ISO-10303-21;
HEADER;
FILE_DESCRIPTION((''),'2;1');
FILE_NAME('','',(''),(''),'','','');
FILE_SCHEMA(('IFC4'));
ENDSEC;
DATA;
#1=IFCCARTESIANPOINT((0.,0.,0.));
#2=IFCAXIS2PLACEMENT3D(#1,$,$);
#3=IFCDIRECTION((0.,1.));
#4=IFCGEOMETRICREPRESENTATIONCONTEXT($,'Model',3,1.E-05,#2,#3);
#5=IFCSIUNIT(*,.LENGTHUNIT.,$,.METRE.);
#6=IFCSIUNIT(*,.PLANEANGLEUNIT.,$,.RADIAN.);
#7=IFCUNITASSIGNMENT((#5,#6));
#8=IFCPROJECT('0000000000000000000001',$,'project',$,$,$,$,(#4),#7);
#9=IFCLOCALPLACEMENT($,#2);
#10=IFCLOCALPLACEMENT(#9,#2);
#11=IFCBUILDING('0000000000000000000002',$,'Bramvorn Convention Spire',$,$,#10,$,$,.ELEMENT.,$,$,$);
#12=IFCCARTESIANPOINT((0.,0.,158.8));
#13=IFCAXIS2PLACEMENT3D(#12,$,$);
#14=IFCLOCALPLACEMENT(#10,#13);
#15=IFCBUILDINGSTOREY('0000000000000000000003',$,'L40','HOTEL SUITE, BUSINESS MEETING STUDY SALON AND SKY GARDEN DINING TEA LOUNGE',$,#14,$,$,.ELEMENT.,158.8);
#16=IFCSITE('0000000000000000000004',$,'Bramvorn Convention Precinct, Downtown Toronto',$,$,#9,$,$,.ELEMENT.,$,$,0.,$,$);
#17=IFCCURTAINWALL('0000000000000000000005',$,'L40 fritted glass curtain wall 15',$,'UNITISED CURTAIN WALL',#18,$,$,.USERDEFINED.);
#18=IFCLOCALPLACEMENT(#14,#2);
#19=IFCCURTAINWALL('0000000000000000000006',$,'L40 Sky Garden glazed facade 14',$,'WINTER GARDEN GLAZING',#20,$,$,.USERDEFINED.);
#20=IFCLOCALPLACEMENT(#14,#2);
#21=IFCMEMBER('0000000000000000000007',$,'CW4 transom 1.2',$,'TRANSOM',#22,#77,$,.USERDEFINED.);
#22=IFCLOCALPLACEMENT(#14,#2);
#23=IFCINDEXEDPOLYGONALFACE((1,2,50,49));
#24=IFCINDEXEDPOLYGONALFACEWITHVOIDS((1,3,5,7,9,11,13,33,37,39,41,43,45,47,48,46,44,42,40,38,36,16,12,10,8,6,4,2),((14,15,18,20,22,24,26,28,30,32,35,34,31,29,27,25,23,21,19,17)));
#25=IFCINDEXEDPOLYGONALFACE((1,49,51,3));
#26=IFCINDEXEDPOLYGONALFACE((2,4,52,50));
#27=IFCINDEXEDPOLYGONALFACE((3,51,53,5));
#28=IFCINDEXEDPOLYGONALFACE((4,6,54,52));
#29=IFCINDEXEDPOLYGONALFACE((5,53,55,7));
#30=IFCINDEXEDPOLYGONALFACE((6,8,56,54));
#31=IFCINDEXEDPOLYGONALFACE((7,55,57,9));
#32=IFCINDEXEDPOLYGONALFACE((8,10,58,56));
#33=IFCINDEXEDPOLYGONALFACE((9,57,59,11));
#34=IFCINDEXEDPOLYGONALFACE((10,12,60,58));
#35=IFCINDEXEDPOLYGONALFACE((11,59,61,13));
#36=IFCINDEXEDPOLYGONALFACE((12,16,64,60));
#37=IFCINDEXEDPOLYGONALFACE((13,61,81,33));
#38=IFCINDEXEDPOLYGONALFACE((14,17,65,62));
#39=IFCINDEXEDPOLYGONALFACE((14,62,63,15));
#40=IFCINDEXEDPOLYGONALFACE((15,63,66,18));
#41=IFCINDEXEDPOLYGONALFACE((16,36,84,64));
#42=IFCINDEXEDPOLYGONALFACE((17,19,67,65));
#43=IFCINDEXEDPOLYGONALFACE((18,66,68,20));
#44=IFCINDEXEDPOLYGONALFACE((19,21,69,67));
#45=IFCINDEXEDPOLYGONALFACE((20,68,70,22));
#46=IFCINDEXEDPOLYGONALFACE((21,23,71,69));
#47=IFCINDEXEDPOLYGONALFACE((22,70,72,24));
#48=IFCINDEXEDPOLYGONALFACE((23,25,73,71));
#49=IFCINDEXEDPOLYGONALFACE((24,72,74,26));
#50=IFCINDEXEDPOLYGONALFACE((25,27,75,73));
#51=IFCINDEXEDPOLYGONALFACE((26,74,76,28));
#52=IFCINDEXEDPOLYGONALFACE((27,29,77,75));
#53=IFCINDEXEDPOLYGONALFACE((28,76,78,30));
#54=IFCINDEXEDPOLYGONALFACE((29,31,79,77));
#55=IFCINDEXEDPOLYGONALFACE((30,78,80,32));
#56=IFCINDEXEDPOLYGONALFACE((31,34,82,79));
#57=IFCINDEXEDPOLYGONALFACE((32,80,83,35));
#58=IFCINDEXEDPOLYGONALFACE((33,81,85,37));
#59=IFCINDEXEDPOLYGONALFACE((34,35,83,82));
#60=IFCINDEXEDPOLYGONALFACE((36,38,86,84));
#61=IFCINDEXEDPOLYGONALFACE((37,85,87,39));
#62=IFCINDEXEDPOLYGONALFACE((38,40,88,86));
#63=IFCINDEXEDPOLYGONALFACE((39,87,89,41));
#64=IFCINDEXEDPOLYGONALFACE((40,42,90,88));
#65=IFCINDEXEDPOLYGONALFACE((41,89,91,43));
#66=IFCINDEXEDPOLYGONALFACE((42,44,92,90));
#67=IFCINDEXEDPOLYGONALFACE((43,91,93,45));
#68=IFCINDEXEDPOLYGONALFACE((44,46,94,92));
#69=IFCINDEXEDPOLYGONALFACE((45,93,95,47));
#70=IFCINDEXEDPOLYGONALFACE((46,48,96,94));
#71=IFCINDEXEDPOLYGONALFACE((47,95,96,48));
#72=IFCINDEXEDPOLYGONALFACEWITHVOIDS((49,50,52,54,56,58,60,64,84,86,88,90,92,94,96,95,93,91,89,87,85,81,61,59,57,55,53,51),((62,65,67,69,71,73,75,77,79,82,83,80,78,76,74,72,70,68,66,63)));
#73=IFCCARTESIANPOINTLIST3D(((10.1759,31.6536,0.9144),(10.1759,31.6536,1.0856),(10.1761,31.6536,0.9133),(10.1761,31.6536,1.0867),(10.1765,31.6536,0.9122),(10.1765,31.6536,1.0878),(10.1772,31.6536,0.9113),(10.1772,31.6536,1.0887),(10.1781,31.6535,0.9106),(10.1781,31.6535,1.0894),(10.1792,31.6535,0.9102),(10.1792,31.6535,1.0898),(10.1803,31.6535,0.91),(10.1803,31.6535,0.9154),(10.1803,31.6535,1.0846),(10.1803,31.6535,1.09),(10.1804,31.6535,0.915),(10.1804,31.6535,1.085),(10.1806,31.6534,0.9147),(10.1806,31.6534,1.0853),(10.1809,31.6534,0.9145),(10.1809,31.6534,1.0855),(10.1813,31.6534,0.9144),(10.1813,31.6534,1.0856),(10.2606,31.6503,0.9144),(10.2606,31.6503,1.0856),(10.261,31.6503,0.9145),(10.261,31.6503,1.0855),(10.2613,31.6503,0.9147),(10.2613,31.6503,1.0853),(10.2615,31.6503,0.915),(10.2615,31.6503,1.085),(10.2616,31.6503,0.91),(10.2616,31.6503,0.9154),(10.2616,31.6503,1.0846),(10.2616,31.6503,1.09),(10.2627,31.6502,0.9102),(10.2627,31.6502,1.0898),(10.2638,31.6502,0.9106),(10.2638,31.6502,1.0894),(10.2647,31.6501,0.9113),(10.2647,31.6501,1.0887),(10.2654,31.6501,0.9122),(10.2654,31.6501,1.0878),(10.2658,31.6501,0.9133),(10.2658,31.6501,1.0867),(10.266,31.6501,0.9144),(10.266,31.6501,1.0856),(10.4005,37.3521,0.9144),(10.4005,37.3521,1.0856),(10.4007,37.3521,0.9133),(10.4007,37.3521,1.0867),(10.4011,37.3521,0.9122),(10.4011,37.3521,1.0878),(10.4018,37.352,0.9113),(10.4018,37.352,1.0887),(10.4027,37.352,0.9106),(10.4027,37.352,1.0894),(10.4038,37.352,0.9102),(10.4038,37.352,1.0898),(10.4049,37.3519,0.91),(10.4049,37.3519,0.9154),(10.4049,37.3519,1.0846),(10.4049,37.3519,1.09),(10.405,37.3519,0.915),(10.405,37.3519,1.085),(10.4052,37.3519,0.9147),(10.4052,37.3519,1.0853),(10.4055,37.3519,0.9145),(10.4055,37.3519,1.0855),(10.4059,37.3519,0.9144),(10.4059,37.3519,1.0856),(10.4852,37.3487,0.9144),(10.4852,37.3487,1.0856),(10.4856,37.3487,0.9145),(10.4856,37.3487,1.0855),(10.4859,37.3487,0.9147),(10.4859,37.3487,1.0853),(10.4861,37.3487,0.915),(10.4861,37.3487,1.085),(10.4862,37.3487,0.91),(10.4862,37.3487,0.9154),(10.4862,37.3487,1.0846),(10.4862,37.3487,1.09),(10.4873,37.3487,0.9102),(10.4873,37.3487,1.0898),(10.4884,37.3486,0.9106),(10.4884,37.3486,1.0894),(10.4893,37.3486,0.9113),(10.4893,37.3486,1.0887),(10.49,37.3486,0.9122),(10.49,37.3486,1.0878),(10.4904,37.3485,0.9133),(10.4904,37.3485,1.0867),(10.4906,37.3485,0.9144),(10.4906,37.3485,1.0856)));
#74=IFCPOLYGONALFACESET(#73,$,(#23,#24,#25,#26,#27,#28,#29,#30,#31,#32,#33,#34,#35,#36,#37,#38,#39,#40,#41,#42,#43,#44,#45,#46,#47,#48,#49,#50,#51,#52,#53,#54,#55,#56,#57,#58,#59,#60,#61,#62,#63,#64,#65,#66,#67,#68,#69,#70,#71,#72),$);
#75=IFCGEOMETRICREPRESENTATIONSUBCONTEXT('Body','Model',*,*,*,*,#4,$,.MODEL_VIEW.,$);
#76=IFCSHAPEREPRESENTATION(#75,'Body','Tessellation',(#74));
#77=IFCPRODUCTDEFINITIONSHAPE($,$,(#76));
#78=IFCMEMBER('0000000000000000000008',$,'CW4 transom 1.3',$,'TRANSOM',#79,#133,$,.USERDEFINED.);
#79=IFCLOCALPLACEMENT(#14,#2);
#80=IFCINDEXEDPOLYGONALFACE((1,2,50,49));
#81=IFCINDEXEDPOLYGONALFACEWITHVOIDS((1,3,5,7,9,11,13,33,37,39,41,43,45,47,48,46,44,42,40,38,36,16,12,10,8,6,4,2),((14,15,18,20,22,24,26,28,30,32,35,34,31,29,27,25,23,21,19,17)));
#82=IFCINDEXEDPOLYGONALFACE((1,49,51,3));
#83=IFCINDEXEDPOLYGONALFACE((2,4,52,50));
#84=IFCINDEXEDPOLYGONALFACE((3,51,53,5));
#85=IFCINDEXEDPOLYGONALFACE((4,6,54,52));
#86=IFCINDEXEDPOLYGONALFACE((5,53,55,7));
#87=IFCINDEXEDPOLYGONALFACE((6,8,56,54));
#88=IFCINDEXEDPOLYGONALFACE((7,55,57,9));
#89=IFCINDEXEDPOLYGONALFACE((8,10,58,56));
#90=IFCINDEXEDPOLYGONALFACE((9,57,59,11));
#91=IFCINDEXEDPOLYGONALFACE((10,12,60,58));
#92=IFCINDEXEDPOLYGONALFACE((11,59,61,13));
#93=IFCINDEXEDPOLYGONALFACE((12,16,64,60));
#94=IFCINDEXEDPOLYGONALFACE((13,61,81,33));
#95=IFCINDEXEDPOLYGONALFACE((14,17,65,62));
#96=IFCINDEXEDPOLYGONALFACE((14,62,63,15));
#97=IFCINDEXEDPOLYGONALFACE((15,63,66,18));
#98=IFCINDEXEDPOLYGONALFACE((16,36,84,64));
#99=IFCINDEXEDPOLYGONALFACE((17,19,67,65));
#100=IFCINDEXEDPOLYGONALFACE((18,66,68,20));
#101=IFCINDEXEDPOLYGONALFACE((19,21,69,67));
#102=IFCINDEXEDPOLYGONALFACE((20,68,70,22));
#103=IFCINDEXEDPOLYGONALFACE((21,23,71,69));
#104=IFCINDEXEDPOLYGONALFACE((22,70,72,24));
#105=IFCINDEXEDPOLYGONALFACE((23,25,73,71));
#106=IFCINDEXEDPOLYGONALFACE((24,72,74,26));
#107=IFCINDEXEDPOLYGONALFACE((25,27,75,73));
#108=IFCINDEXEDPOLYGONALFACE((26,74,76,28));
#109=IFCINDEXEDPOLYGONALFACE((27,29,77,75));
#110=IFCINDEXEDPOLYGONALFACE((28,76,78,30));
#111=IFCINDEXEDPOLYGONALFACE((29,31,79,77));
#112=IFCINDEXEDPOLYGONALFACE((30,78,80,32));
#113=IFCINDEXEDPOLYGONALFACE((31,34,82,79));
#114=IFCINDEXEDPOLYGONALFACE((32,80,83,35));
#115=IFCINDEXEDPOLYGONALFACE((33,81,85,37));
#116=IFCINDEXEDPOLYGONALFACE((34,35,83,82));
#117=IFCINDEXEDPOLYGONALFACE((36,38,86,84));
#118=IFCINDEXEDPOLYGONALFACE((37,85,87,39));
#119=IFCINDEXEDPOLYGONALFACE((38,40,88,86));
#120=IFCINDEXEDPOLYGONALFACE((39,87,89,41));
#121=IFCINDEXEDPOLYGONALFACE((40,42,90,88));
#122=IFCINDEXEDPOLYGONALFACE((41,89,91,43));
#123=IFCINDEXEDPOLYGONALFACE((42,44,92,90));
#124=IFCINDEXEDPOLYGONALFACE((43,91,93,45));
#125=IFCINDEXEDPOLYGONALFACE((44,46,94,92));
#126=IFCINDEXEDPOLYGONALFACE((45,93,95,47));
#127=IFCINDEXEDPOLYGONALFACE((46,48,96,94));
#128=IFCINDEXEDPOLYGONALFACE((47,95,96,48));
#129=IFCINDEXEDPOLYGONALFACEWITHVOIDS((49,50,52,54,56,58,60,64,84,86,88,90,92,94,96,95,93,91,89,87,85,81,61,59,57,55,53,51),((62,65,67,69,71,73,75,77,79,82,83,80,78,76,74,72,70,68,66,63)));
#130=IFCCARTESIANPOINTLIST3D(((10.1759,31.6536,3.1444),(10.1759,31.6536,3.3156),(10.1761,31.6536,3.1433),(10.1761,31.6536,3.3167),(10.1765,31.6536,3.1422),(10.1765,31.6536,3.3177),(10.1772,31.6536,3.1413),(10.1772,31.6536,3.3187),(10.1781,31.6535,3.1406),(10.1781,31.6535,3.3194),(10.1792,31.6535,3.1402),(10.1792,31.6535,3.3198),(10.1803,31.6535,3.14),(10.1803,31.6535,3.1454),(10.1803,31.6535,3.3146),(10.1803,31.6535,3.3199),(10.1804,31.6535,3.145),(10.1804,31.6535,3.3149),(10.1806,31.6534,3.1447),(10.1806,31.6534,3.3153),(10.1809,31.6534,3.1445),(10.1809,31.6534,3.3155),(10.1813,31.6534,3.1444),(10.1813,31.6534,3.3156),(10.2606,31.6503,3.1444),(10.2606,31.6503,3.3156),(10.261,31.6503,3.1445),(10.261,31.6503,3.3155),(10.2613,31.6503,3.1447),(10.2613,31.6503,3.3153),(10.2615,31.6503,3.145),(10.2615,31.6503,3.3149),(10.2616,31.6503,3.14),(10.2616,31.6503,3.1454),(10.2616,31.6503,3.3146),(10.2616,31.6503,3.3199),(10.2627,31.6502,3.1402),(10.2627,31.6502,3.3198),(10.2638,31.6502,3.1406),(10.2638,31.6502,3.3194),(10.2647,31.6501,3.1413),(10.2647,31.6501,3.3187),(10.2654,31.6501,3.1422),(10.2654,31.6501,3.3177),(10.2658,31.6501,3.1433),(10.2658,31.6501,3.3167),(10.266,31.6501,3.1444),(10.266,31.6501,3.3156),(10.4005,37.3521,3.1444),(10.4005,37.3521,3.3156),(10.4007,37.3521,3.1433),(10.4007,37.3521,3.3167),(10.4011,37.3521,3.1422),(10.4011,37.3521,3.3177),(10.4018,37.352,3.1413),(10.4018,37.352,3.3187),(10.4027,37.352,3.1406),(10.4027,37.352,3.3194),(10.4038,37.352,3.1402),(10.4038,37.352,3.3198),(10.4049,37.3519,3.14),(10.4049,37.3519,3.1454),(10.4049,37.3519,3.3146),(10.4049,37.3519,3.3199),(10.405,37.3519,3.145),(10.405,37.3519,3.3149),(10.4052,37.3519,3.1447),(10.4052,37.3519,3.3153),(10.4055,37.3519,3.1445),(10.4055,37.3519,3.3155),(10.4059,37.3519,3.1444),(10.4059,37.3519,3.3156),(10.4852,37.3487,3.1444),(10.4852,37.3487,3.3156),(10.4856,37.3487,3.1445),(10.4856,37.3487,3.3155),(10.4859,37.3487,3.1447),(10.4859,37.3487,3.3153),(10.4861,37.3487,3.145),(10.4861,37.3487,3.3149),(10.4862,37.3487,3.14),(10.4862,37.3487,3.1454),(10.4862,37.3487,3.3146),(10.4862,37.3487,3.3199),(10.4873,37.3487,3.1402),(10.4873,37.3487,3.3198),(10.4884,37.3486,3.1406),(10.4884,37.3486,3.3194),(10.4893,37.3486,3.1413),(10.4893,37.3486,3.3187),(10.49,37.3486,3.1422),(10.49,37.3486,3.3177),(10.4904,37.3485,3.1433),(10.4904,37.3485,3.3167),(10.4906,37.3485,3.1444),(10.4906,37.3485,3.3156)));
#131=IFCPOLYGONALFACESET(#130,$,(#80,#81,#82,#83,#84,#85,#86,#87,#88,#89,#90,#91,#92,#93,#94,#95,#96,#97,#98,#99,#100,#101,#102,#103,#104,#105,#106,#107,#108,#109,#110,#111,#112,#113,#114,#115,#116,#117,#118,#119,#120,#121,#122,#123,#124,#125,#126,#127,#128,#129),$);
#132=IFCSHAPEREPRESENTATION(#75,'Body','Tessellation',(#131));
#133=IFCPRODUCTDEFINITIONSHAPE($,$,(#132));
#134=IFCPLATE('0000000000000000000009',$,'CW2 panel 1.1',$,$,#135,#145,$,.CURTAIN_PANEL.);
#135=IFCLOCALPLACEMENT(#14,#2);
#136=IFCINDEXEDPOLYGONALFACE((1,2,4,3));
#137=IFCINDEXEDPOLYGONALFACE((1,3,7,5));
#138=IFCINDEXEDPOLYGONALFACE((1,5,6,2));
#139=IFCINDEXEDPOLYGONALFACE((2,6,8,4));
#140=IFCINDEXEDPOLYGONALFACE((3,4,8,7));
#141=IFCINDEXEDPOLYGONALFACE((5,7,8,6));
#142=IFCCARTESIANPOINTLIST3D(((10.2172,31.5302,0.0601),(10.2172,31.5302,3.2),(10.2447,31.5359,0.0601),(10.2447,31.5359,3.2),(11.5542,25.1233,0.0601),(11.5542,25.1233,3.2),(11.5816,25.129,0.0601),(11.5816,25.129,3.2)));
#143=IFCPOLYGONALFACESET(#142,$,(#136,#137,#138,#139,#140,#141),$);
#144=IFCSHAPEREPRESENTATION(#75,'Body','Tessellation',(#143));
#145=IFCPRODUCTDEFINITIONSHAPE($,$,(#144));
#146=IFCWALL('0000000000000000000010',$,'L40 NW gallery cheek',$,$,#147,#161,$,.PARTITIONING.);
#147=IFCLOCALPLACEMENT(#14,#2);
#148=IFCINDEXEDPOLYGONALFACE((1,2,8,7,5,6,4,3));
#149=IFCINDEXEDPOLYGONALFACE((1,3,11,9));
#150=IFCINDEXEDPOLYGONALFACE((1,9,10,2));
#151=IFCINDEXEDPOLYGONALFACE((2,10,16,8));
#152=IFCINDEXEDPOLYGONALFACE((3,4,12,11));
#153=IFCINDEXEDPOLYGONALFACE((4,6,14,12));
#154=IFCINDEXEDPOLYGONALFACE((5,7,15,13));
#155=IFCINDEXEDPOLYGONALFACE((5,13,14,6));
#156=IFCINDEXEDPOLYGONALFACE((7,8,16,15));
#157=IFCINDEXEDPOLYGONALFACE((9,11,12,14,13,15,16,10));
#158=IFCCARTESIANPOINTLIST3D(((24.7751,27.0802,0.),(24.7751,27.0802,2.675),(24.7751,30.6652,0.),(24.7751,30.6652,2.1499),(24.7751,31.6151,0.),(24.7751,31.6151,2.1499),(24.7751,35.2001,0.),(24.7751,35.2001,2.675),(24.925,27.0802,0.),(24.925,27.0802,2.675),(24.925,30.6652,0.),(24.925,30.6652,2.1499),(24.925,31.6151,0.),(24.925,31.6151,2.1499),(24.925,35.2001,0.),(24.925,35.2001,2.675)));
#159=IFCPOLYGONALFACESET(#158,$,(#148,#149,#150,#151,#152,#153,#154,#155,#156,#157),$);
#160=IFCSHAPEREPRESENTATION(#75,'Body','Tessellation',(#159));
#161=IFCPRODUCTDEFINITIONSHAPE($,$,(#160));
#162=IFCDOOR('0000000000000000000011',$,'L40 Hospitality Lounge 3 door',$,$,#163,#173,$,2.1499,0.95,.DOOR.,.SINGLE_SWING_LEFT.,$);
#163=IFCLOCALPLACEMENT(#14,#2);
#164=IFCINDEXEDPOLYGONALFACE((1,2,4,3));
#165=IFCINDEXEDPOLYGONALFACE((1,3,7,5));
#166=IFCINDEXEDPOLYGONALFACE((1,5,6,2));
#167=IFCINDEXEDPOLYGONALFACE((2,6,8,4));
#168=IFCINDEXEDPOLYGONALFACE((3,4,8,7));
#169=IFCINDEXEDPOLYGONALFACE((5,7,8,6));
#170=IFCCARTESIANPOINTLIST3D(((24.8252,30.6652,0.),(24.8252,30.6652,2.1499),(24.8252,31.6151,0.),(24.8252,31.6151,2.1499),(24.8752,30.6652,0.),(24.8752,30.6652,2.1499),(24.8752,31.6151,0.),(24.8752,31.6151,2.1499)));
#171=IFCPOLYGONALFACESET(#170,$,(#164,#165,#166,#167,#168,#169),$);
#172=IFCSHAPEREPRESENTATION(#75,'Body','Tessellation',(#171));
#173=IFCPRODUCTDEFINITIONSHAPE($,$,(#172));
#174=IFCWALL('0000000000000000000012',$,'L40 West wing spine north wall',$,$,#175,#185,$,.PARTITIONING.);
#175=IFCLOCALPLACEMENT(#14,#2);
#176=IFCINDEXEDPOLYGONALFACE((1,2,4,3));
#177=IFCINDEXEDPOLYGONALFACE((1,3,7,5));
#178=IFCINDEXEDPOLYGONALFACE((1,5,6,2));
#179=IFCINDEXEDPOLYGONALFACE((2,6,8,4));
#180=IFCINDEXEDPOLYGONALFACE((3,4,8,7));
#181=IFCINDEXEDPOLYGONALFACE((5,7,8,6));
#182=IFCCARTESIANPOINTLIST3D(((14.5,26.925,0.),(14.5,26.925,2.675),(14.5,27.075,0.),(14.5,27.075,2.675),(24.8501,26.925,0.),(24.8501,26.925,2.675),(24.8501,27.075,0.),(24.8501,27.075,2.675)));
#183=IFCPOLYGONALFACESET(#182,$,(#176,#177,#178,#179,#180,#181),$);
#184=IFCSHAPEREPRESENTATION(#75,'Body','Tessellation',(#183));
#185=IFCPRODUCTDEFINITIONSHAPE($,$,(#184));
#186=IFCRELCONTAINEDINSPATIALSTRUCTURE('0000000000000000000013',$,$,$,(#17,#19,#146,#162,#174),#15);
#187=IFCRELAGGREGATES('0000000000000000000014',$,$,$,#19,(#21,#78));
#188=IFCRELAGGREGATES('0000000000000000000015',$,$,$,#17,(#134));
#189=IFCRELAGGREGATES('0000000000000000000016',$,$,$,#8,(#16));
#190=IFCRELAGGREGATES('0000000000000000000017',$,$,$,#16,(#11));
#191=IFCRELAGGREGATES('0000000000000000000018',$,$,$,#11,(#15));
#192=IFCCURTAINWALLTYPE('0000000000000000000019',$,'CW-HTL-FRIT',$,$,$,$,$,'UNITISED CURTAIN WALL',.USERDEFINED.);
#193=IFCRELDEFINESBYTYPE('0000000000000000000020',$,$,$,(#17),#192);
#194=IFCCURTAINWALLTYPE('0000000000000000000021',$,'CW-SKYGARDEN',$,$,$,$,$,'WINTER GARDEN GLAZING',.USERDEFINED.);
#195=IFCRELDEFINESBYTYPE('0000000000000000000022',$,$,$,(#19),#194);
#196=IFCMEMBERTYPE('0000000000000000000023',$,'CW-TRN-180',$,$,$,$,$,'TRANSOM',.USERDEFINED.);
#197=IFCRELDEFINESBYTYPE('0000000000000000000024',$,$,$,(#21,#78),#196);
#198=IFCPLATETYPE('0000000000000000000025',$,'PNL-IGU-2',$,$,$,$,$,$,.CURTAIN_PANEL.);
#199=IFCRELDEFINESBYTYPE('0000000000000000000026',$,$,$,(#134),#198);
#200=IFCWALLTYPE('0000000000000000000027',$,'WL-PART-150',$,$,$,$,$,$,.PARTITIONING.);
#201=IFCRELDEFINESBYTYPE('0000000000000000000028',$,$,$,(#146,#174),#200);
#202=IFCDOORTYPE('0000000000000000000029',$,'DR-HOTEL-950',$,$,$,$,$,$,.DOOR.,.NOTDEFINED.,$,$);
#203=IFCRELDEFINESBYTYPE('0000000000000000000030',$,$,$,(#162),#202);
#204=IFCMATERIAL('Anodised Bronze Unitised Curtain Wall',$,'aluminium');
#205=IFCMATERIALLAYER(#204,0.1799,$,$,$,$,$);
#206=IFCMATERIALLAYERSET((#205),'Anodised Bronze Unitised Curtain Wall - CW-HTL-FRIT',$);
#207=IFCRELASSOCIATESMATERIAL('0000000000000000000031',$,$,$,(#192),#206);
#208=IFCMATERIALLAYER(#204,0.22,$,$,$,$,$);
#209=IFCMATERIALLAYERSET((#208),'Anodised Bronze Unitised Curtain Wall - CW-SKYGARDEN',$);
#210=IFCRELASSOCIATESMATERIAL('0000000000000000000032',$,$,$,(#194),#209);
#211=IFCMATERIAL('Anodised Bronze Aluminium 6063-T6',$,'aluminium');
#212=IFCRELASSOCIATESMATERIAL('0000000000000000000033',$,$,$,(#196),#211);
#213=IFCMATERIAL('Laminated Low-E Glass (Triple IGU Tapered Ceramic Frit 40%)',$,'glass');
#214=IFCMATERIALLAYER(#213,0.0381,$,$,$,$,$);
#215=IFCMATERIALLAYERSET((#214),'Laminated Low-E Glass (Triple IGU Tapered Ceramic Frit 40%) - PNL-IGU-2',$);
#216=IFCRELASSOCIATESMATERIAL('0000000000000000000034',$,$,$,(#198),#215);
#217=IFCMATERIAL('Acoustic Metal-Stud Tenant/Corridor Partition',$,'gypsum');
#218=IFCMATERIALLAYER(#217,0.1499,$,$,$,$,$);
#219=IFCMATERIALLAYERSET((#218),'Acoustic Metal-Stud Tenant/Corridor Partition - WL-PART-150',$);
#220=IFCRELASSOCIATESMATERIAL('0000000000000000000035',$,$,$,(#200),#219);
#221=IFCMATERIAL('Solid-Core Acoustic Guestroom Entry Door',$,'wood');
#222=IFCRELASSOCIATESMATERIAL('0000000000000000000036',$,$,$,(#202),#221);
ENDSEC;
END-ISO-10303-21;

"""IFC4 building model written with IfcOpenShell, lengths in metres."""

from ifc_helpers import new_model, si_unit, direction, frame, frame_2d, origin, origin_2d, place, context, subcontext, project, spatial, rectangle, hollow_rectangle, extrude, material, layer, layer_set, material_profile, profile_set, type_object, element, fill, aggregate, save


model = new_model("IFC4")

# Units and contexts
model_context = context("Model", 3, precision=1e-05, world=origin(), true_north=direction((0.0, 1.0)))
body_context = subcontext(model_context, "Body", "Model", "MODEL_VIEW")
ifc_project = project(units=[si_unit("LENGTHUNIT", "METRE"), si_unit("PLANEANGLEUNIT", "RADIAN")], contexts=[model_context])

# Site, building, storey
site_placement = place(None, origin())
site = spatial("IfcSite", under=ifc_project, at=site_placement, Name="Bramvorn Convention Precinct, Downtown Toronto", CompositionType="ELEMENT", RefElevation=0.0)
building_placement = place(site_placement, origin())
building = spatial("IfcBuilding", under=site, at=building_placement, Name="Bramvorn Convention Spire", CompositionType="ELEMENT")
storey_placement = place(building_placement, frame((0.0, 0.0, 158.8)))
storey = spatial("IfcBuildingStorey", under=building, at=storey_placement, Name="L40", Description="HOTEL SUITE, BUSINESS MEETING STUDY SALON AND SKY GARDEN DINING TEA LOUNGE", CompositionType="ELEMENT", Elevation=158.8)

# Curtain wall
ifc_material_1 = material(Name="Anodised Bronze Unitised Curtain Wall", Category="aluminium")
ifc_layer_1 = layer(ifc_material_1, 0.1799)
ifc_layer_set_1 = layer_set([ifc_layer_1], Name="Anodised Bronze Unitised Curtain Wall - CW-HTL-FRIT")
curtain_wall_type_1 = type_object("IfcCurtainWallType", Name="CW-HTL-FRIT", ElementType="UNITISED CURTAIN WALL", PredefinedType="USERDEFINED", material=ifc_layer_set_1)
curtain_wall_1_placement = place(storey_placement, origin())
curtain_wall_1 = element("IfcCurtainWall", 1, at=curtain_wall_1_placement, inside=storey, type_object=curtain_wall_type_1, Name="L40 fritted glass curtain wall 15", ObjectType="UNITISED CURTAIN WALL", PredefinedType="USERDEFINED")
ifc_material_2 = material(Name="Anodised Bronze Aluminium 6063-T6", Category="aluminium")

# Curtain wall
ifc_layer_2 = layer(ifc_material_1, 0.22)
ifc_layer_set_2 = layer_set([ifc_layer_2], Name="Anodised Bronze Unitised Curtain Wall - CW-SKYGARDEN")
curtain_wall_type_2 = type_object("IfcCurtainWallType", Name="CW-SKYGARDEN", ElementType="WINTER GARDEN GLAZING", PredefinedType="USERDEFINED", material=ifc_layer_set_2)
curtain_wall_2_placement = place(storey_placement, origin())
curtain_wall_2 = element("IfcCurtainWall", 2, at=curtain_wall_2_placement, inside=storey, type_object=curtain_wall_type_2, Name="L40 Sky Garden glazed facade 14", ObjectType="WINTER GARDEN GLAZING", PredefinedType="USERDEFINED")

# Members
ifc_material_profile_1 = material_profile(ifc_material_2, hollow_rectangle(XDim=0.0901, YDim=0.1799, WallThickness=0.0044, InnerFilletRadius=0.001, OuterFilletRadius=0.0044, at=origin_2d()))
ifc_profile_set_1 = profile_set([ifc_material_profile_1], Name="Anodised Bronze Aluminium 6063-T6 - CWT90X180")
member_type_1 = type_object("IfcMemberType", Name="CW-TRN-180", ElementType="TRANSOM", PredefinedType="USERDEFINED", material=ifc_profile_set_1)
member_1_placement = place(storey_placement, frame((10.2209, 31.6519, 1.0), z_axis=(0.039385, 0.999224, 0.0), x_axis=(-0.999224, 0.039385, 0.0)))
member_1 = element("IfcMember", 3, at=member_1_placement, type_object=member_type_1, Name="CW4 transom 1.2", ObjectType="TRANSOM", PredefinedType="USERDEFINED", context=body_context, shape_type="SweptSolid", body=[
    extrude(hollow_rectangle(XDim=0.0901, YDim=0.1799, WallThickness=0.0044, InnerFilletRadius=0.001, OuterFilletRadius=0.0044, at=origin_2d()), origin(), (0.0, 0.0, 1.0), 5.7029),
])
member_2_placement = place(storey_placement, frame((10.2209, 31.6519, 3.23), z_axis=(0.039385, 0.999224, 0.0), x_axis=(-0.999224, 0.039385, 0.0)))
member_2 = element("IfcMember", 4, at=member_2_placement, type_object=member_type_1, Name="CW4 transom 1.3", ObjectType="TRANSOM", PredefinedType="USERDEFINED", context=body_context, shape_type="SweptSolid", body=[
    extrude(hollow_rectangle(XDim=0.0901, YDim=0.1799, WallThickness=0.0044, InnerFilletRadius=0.001, OuterFilletRadius=0.0044, at=origin_2d()), origin(), (0.0, 0.0, 1.0), 5.7029),
])
aggregate(curtain_wall_2, [member_1, member_2])

# Plate
ifc_material_3 = material(Name="Laminated Low-E Glass (Triple IGU Tapered Ceramic Frit 40%)", Category="glass")
ifc_layer_3 = layer(ifc_material_3, 0.0381)
ifc_layer_set_3 = layer_set([ifc_layer_3], Name="Laminated Low-E Glass (Triple IGU Tapered Ceramic Frit 40%) - PNL-IGU-2")
plate_type = type_object("IfcPlateType", Name="PNL-IGU-2", PredefinedType="CURTAIN_PANEL", material=ifc_layer_set_3)
plate_placement = place(storey_placement, frame((10.8994, 28.3296, 0.0601), z_axis=(0.0, 0.0, 1.0), x_axis=(-0.204275, 0.978914, 0.0)))
plate = element("IfcPlate", 5, at=plate_placement, type_object=plate_type, Name="CW2 panel 1.1", PredefinedType="CURTAIN_PANEL", context=body_context, shape_type="SweptSolid", body=[
    extrude(rectangle(XDim=6.5449, YDim=0.0281, at=origin_2d()), origin(), (0.0, 0.0, 1.0), 3.1399),
])
aggregate(curtain_wall_1, [plate])

# Wall, opening, door
ifc_material_4 = material(Name="Acoustic Metal-Stud Tenant/Corridor Partition", Category="gypsum")
ifc_layer_4 = layer(ifc_material_4, 0.1499)
ifc_layer_set_4 = layer_set([ifc_layer_4], Name="Acoustic Metal-Stud Tenant/Corridor Partition - WL-PART-150")
wall_type_1 = type_object("IfcWallType", Name="WL-PART-150", PredefinedType="PARTITIONING", material=ifc_layer_set_4)
wall_1_placement = place(storey_placement, frame((24.8501, 27.0801, 0.0), z_axis=(0.0, 0.0, 1.0), x_axis=(0.0, 1.0, 0.0)))
wall_1 = element("IfcWall", 6, at=wall_1_placement, inside=storey, type_object=wall_type_1, Name="L40 NW gallery cheek", PredefinedType="PARTITIONING", context=body_context, shape_type="SweptSolid", body=[
    extrude(rectangle(XDim=8.1199, YDim=0.1499, at=frame_2d((4.0601, 0.0))), origin(), (0.0, 0.0, 1.0), 2.675),
])
opening_1_placement = place(wall_1_placement, frame((3.585, 0.0, 0.0)))
opening_1 = element("IfcOpeningElement", 7, at=opening_1_placement, cuts=wall_1, PredefinedType="OPENING", context=body_context, shape_type="SweptSolid", body=[
    extrude(rectangle(XDim=0.95, YDim=2.1499, at=frame_2d((0.4751, 1.075))), frame((0.0, 0.085, 0.0), z_axis=(0.0, -1.0, 0.0), x_axis=(1.0, 0.0, 0.0)), (0.0, 0.0, 1.0), 0.1699),
])
ifc_material_5 = material(Name="Solid-Core Acoustic Guestroom Entry Door", Category="wood")
door_type_1 = type_object("IfcDoorType", Name="DR-HOTEL-950", OperationType="NOTDEFINED", PredefinedType="DOOR", material=ifc_material_5)
door_1_placement = place(opening_1_placement, origin())
door_1 = element("IfcDoor", 8, at=door_1_placement, inside=storey, type_object=door_type_1, Name="L40 Hospitality Lounge 3 door", OperationType="SINGLE_SWING_LEFT", OverallHeight=2.1499, OverallWidth=0.95, PredefinedType="DOOR", context=body_context, shape_type="SweptSolid", body=[
    extrude(rectangle(XDim=0.95, YDim=2.1499, at=frame_2d((0.4751, 1.075))), frame((0.0, 0.0249, 0.0), z_axis=(0.0, -1.0, 0.0), x_axis=(1.0, 0.0, 0.0)), (0.0, 0.0, 1.0), 0.05),
])
fill(opening_1, door_1)

# Wall
wall_2_placement = place(storey_placement, frame((14.5, 27.0, 0.0), z_axis=(0.0, 0.0, 1.0), x_axis=(1.0, 0.0, 0.0)))
element("IfcWall", 9, at=wall_2_placement, inside=storey, type_object=wall_type_1, Name="L40 West wing spine north wall", PredefinedType="PARTITIONING", context=body_context, shape_type="SweptSolid", body=[
    extrude(rectangle(XDim=10.3501, YDim=0.1499, at=frame_2d((5.175, 0.0))), origin(), (0.0, 0.0, 1.0), 2.675),
])

save(model, "model.ifc")
